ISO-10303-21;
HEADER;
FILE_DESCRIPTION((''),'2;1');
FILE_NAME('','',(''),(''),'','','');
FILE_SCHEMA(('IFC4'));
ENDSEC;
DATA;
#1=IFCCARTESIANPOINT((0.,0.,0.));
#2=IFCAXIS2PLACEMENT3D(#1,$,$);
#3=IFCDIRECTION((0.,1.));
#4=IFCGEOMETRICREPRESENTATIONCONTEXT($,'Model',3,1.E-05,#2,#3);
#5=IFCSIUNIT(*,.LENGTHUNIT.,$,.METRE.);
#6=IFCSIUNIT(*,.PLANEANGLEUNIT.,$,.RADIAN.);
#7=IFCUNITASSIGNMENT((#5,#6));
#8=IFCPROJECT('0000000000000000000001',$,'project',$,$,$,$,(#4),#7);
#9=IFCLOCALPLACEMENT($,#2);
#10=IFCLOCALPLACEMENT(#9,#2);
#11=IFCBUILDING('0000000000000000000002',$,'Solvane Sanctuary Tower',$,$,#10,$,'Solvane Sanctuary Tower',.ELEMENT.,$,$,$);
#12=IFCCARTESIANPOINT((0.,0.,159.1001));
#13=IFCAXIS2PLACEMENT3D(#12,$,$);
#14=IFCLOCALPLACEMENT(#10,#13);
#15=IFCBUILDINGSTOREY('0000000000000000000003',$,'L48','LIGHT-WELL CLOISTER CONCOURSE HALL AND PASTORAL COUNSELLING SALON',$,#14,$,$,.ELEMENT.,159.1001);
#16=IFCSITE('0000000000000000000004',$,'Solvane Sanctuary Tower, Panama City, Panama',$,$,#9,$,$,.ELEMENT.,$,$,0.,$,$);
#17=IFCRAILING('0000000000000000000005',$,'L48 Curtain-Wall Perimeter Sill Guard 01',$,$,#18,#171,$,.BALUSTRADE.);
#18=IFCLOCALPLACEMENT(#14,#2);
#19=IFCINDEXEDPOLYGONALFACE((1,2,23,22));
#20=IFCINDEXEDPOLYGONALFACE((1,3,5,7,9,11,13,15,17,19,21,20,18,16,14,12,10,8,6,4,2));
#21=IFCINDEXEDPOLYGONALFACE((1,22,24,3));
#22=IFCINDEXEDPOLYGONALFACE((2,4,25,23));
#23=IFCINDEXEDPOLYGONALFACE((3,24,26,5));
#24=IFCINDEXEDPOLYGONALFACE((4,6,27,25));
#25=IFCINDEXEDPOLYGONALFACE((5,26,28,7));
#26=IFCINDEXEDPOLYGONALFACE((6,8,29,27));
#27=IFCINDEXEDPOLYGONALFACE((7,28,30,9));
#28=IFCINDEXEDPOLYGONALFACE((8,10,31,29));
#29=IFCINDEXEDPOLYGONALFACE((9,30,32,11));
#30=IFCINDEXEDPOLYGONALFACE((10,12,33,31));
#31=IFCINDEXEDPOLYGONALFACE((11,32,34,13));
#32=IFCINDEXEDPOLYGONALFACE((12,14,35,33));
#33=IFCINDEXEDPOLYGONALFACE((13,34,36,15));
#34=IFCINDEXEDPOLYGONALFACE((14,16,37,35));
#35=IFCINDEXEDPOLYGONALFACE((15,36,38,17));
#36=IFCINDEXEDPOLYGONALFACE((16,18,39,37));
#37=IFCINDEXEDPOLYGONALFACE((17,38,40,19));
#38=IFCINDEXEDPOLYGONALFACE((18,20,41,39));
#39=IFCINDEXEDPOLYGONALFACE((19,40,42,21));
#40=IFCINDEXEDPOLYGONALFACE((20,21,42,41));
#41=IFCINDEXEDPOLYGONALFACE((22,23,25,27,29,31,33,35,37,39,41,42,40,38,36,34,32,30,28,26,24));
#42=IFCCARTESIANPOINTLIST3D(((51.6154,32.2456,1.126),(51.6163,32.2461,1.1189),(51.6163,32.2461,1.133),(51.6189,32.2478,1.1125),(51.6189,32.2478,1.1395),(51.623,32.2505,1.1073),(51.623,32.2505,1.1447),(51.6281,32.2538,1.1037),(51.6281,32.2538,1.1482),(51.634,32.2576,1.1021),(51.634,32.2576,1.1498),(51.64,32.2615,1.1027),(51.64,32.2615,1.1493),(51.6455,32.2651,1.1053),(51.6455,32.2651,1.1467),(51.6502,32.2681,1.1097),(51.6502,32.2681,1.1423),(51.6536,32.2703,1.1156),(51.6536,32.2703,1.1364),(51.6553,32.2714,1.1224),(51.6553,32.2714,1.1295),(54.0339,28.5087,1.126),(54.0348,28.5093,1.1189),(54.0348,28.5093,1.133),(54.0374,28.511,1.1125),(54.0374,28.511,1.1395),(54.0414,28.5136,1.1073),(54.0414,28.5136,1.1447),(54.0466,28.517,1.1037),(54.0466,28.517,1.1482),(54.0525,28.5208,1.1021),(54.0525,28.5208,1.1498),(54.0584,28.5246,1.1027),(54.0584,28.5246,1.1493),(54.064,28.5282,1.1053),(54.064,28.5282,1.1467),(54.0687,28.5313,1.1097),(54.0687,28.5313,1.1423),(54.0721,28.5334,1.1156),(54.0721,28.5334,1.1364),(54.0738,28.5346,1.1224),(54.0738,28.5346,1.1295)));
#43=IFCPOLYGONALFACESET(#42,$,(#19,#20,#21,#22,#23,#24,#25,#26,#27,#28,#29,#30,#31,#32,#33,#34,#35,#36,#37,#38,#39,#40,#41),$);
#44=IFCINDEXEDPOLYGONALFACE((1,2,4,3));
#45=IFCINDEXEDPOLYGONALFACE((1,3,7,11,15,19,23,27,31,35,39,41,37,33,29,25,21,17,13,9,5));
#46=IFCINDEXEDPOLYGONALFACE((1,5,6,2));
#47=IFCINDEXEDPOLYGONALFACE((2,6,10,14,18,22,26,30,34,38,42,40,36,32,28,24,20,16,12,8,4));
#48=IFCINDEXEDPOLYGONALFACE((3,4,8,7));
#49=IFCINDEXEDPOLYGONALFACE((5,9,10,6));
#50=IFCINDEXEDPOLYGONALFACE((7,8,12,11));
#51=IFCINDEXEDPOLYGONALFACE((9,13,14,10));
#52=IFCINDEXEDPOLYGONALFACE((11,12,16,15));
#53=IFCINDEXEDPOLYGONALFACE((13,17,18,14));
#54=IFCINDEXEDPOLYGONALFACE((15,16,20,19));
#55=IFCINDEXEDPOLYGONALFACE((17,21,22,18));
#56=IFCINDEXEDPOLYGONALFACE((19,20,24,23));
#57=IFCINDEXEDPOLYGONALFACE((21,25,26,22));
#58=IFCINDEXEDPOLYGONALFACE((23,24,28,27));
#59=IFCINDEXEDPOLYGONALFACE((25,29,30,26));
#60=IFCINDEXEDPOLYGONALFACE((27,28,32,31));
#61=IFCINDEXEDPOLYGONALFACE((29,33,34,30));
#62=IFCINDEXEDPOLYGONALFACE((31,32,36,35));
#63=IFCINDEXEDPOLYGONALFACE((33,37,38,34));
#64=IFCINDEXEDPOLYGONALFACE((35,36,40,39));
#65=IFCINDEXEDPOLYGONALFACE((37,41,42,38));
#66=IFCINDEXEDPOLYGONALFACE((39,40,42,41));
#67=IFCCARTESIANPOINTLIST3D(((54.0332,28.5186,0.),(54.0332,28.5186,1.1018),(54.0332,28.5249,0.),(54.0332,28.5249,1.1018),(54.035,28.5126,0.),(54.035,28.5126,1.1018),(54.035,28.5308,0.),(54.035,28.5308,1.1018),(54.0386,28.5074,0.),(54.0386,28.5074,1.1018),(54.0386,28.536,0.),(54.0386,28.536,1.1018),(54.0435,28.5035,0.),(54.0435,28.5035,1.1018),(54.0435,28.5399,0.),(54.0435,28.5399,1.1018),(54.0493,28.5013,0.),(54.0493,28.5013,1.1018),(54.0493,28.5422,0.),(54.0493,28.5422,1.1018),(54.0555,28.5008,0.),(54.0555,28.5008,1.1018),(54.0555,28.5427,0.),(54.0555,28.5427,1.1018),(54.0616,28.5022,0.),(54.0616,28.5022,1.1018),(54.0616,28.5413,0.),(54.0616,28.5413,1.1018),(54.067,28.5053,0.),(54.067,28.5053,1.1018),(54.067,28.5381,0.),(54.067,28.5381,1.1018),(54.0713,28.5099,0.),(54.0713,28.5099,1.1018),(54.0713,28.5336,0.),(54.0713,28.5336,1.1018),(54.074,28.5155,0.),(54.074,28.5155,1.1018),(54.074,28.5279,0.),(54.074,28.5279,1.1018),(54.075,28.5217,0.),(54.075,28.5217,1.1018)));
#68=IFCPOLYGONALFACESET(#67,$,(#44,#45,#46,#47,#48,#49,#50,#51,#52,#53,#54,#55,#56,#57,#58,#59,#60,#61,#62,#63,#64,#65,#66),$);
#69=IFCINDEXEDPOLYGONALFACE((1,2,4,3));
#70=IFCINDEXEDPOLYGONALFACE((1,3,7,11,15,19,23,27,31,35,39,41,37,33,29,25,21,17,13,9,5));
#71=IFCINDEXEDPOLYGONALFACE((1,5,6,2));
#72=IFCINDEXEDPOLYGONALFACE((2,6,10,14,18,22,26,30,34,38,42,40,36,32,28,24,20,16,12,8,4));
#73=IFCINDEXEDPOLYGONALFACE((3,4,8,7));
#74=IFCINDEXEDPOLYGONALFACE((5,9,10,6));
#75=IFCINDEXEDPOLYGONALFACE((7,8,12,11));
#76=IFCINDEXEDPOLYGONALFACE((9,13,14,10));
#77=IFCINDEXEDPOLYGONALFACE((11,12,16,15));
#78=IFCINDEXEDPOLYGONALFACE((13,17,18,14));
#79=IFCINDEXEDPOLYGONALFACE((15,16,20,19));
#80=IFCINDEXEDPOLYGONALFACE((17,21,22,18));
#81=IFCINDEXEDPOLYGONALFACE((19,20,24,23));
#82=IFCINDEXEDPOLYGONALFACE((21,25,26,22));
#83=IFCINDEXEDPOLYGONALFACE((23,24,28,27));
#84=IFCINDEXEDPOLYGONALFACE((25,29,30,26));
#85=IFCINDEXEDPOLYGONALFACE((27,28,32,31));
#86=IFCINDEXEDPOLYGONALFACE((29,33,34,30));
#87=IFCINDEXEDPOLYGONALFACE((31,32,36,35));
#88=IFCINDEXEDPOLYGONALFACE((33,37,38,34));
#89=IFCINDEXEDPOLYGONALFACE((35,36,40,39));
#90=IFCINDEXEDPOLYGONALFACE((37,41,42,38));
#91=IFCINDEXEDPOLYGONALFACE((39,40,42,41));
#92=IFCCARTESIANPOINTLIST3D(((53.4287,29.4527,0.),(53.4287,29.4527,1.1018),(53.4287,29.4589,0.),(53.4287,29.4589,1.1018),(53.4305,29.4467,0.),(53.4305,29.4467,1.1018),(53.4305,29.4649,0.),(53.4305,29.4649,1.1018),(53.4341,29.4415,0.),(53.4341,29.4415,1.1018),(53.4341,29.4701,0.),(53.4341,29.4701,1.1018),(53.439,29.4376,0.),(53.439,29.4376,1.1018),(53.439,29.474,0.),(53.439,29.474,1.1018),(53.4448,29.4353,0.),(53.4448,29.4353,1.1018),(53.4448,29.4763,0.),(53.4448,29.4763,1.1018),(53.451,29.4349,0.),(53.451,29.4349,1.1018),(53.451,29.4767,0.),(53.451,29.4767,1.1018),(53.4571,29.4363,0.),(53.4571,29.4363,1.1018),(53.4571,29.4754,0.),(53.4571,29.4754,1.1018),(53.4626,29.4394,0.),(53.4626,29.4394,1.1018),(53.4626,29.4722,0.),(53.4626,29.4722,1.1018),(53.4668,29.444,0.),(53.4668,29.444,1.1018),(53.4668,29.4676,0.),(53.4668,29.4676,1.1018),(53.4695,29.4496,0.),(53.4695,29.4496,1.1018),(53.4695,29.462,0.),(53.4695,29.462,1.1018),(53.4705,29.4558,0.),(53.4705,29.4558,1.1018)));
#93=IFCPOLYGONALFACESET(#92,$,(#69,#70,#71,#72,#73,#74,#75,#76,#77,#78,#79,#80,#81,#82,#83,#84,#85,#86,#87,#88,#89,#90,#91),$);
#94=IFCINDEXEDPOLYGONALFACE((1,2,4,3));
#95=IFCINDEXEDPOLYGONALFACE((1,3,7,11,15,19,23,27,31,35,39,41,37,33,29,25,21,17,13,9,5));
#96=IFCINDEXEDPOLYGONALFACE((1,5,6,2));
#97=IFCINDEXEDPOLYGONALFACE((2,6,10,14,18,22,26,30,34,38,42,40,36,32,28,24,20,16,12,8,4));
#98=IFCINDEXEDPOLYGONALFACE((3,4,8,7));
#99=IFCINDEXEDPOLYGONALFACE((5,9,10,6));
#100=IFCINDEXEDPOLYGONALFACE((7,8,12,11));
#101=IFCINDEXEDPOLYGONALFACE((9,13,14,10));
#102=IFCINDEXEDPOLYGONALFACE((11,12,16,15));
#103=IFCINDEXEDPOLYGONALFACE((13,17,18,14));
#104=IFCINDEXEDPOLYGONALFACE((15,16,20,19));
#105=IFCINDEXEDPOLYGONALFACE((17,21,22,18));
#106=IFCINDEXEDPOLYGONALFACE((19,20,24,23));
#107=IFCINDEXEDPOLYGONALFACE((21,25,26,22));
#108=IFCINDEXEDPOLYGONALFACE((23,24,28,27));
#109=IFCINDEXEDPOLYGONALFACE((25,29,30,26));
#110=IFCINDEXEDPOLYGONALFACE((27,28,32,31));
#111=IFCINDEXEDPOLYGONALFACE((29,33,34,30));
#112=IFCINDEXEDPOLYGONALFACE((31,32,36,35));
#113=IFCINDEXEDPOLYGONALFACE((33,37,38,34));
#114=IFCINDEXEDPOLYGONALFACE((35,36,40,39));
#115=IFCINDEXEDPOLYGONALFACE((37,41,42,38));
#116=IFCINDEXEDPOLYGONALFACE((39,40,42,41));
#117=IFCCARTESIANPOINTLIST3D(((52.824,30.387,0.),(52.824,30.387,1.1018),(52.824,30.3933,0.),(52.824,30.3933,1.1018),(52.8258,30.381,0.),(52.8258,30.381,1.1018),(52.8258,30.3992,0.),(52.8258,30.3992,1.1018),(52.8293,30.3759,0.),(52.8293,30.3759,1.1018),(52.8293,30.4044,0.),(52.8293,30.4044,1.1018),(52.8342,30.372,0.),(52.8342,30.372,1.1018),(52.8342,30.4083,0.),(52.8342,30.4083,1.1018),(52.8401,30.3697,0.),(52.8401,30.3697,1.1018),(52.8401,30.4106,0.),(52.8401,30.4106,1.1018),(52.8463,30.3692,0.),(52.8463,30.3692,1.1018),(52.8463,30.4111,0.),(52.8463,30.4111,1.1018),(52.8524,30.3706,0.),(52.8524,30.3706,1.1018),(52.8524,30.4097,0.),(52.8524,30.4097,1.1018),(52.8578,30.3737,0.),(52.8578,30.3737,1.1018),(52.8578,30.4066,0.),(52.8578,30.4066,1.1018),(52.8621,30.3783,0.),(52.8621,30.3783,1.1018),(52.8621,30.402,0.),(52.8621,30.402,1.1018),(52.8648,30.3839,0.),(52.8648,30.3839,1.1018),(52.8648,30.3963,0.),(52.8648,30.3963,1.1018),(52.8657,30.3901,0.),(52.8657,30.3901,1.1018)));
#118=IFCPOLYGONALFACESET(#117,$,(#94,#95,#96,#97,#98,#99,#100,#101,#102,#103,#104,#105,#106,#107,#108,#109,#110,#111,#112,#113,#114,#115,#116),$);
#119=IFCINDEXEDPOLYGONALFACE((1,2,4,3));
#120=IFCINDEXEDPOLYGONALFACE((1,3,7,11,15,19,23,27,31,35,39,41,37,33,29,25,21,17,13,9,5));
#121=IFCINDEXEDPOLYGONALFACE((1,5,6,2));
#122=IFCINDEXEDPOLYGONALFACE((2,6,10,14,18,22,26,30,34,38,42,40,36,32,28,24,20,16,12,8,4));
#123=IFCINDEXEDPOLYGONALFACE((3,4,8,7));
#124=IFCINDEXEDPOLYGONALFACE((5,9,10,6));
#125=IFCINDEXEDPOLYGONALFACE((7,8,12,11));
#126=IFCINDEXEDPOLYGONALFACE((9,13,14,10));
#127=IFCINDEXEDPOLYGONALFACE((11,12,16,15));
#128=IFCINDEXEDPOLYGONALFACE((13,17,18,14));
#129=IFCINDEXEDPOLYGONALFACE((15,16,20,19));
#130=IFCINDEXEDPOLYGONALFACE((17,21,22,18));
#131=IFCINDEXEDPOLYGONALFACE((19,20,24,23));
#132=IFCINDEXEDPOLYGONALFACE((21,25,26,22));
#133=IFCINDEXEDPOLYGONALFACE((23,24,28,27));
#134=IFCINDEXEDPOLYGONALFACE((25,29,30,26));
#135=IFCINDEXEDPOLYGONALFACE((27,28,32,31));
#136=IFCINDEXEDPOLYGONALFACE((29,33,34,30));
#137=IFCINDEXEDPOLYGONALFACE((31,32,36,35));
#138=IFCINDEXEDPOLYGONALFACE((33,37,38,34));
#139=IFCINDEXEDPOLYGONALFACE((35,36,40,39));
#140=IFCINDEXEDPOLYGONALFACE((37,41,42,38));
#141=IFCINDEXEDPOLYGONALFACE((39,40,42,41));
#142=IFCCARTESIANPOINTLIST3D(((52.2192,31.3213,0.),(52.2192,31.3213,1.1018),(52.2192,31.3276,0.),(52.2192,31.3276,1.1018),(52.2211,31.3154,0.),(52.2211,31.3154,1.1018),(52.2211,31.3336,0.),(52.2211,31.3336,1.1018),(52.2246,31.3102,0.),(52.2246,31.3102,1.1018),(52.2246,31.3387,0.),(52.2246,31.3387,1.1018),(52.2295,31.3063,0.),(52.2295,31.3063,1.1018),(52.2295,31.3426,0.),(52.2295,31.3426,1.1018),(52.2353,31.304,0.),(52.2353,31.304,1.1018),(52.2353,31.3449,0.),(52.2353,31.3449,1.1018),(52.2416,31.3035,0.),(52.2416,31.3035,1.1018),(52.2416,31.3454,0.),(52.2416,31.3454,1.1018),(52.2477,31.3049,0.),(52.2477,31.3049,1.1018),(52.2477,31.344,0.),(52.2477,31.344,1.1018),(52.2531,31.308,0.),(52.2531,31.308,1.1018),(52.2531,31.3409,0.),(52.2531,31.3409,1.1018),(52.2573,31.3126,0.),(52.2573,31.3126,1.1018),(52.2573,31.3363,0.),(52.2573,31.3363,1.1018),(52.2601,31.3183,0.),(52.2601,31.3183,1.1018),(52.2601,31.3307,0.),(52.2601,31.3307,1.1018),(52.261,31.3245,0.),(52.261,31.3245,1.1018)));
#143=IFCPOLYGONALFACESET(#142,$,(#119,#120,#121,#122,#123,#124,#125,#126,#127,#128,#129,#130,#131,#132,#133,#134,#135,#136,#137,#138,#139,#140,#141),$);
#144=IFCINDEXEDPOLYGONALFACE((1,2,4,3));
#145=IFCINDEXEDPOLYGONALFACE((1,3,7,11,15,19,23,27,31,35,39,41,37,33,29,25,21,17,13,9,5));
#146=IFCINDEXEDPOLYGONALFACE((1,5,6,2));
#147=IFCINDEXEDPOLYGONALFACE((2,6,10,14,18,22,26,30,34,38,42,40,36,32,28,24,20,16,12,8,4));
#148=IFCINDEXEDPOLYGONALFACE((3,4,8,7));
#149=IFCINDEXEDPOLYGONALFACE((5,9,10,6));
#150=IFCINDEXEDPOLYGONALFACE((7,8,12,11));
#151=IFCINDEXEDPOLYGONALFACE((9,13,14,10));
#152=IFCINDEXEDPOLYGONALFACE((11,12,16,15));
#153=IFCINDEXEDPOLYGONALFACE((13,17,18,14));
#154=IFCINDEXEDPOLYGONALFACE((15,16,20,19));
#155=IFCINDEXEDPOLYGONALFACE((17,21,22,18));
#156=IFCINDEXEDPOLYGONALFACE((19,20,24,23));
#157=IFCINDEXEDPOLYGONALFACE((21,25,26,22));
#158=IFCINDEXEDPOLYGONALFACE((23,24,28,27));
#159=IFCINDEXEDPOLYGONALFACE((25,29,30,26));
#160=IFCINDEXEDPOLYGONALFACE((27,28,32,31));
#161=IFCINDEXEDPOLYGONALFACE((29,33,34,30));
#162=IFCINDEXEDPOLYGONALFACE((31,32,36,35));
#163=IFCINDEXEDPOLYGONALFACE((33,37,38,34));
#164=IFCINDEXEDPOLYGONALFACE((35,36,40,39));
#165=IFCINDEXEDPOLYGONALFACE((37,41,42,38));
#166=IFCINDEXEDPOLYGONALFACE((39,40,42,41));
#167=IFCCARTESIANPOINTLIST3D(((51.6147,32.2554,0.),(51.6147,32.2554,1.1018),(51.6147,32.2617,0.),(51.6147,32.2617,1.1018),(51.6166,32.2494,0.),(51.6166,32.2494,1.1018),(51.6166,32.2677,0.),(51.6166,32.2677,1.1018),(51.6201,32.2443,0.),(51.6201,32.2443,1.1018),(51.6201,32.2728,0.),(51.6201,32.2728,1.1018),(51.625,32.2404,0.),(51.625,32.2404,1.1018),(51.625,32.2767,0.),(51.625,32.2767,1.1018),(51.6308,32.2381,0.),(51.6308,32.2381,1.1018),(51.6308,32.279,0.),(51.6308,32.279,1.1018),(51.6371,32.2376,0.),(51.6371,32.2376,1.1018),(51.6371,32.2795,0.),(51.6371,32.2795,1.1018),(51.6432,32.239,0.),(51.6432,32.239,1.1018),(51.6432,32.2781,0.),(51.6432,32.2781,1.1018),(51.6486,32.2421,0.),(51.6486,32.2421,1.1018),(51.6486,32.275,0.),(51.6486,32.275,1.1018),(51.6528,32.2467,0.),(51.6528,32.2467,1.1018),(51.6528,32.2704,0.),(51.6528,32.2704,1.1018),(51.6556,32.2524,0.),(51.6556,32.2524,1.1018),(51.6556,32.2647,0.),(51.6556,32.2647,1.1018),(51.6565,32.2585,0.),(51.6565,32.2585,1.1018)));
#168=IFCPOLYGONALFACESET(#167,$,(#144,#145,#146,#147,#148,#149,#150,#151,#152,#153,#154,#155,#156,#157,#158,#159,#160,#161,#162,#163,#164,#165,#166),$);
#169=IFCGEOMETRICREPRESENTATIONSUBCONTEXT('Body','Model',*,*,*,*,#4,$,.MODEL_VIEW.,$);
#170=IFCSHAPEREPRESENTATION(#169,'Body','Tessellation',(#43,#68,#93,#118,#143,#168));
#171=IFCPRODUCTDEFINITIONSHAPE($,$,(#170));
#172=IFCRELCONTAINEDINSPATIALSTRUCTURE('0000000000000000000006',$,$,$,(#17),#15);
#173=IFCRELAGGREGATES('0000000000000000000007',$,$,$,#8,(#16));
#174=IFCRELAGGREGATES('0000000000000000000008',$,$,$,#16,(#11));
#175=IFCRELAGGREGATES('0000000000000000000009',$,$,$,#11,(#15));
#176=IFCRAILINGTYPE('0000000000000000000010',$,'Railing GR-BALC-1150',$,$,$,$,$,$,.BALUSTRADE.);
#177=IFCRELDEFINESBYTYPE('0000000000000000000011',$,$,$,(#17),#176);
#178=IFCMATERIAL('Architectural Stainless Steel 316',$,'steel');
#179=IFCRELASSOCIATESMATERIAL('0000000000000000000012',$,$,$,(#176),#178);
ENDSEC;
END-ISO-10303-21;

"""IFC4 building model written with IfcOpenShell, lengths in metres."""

from ifc_helpers import new_model, si_unit, direction, frame, origin, origin_2d, place, context, subcontext, project, spatial, circle, extrude, material, type_object, element, save


model = new_model("IFC4")

# Units and contexts
model_context = context("Model", 3, precision=1e-05, world=origin(), true_north=direction((0.0, 1.0)))
body_context = subcontext(model_context, "Body", "Model", "MODEL_VIEW")
ifc_project = project(units=[si_unit("LENGTHUNIT", "METRE"), si_unit("PLANEANGLEUNIT", "RADIAN")], contexts=[model_context])

# Site, building, storey
site_placement = place(None, origin())
site = spatial("IfcSite", under=ifc_project, at=site_placement, Name="Solvane Sanctuary Tower, Panama City, Panama", CompositionType="ELEMENT", RefElevation=0.0)
building_placement = place(site_placement, origin())
building = spatial("IfcBuilding", under=site, at=building_placement, Name="Solvane Sanctuary Tower", LongName="Solvane Sanctuary Tower", CompositionType="ELEMENT")
storey_placement = place(building_placement, frame((0.0, 0.0, 159.1001)))
storey = spatial("IfcBuildingStorey", under=building, at=storey_placement, Name="L48", Description="LIGHT-WELL CLOISTER CONCOURSE HALL AND PASTORAL COUNSELLING SALON", CompositionType="ELEMENT", Elevation=159.1001)

# Shared definitions
ifc_material_1 = material(Name="Architectural Stainless Steel 316", Category="steel")

# Railing
railing_type_1 = type_object("IfcRailingType", Name="Railing GR-BALC-1150", PredefinedType="BALUSTRADE", material=ifc_material_1)
railing_1_placement = place(storey_placement, frame((54.054, 28.5217, 0.0)))
element("IfcRailing", 1, at=railing_1_placement, inside=storey, type_object=railing_type_1, Name="L48 Curtain-Wall Perimeter Sill Guard 01", PredefinedType="BALUSTRADE", context=body_context, shape_type="SweptSolid", body=[
    extrude(circle(Radius=0.0239, at=origin_2d()), frame((0.0, 0.0, 1.126), z_axis=(-0.543333, 0.839517, 0.0), x_axis=(-0.839517, -0.543333, 0.0)), (0.0, 0.0, 1.0), 4.4512),
    extrude(circle(Radius=0.021, at=origin_2d()), origin(), (0.0, 0.0, 1.0), 1.1018),
    extrude(circle(Radius=0.021, at=origin_2d()), frame((-0.6045, 0.9341, 0.0)), (0.0, 0.0, 1.0), 1.1018),
    extrude(circle(Radius=0.021, at=origin_2d()), frame((-1.2092, 1.8684, 0.0)), (0.0, 0.0, 1.0), 1.1018),
    extrude(circle(Radius=0.021, at=origin_2d()), frame((-1.814, 2.8027, 0.0)), (0.0, 0.0, 1.0), 1.1018),
    extrude(circle(Radius=0.021, at=origin_2d()), frame((-2.4185, 3.7368, 0.0)), (0.0, 0.0, 1.0), 1.1018),
])

save(model, "model.ifc")
